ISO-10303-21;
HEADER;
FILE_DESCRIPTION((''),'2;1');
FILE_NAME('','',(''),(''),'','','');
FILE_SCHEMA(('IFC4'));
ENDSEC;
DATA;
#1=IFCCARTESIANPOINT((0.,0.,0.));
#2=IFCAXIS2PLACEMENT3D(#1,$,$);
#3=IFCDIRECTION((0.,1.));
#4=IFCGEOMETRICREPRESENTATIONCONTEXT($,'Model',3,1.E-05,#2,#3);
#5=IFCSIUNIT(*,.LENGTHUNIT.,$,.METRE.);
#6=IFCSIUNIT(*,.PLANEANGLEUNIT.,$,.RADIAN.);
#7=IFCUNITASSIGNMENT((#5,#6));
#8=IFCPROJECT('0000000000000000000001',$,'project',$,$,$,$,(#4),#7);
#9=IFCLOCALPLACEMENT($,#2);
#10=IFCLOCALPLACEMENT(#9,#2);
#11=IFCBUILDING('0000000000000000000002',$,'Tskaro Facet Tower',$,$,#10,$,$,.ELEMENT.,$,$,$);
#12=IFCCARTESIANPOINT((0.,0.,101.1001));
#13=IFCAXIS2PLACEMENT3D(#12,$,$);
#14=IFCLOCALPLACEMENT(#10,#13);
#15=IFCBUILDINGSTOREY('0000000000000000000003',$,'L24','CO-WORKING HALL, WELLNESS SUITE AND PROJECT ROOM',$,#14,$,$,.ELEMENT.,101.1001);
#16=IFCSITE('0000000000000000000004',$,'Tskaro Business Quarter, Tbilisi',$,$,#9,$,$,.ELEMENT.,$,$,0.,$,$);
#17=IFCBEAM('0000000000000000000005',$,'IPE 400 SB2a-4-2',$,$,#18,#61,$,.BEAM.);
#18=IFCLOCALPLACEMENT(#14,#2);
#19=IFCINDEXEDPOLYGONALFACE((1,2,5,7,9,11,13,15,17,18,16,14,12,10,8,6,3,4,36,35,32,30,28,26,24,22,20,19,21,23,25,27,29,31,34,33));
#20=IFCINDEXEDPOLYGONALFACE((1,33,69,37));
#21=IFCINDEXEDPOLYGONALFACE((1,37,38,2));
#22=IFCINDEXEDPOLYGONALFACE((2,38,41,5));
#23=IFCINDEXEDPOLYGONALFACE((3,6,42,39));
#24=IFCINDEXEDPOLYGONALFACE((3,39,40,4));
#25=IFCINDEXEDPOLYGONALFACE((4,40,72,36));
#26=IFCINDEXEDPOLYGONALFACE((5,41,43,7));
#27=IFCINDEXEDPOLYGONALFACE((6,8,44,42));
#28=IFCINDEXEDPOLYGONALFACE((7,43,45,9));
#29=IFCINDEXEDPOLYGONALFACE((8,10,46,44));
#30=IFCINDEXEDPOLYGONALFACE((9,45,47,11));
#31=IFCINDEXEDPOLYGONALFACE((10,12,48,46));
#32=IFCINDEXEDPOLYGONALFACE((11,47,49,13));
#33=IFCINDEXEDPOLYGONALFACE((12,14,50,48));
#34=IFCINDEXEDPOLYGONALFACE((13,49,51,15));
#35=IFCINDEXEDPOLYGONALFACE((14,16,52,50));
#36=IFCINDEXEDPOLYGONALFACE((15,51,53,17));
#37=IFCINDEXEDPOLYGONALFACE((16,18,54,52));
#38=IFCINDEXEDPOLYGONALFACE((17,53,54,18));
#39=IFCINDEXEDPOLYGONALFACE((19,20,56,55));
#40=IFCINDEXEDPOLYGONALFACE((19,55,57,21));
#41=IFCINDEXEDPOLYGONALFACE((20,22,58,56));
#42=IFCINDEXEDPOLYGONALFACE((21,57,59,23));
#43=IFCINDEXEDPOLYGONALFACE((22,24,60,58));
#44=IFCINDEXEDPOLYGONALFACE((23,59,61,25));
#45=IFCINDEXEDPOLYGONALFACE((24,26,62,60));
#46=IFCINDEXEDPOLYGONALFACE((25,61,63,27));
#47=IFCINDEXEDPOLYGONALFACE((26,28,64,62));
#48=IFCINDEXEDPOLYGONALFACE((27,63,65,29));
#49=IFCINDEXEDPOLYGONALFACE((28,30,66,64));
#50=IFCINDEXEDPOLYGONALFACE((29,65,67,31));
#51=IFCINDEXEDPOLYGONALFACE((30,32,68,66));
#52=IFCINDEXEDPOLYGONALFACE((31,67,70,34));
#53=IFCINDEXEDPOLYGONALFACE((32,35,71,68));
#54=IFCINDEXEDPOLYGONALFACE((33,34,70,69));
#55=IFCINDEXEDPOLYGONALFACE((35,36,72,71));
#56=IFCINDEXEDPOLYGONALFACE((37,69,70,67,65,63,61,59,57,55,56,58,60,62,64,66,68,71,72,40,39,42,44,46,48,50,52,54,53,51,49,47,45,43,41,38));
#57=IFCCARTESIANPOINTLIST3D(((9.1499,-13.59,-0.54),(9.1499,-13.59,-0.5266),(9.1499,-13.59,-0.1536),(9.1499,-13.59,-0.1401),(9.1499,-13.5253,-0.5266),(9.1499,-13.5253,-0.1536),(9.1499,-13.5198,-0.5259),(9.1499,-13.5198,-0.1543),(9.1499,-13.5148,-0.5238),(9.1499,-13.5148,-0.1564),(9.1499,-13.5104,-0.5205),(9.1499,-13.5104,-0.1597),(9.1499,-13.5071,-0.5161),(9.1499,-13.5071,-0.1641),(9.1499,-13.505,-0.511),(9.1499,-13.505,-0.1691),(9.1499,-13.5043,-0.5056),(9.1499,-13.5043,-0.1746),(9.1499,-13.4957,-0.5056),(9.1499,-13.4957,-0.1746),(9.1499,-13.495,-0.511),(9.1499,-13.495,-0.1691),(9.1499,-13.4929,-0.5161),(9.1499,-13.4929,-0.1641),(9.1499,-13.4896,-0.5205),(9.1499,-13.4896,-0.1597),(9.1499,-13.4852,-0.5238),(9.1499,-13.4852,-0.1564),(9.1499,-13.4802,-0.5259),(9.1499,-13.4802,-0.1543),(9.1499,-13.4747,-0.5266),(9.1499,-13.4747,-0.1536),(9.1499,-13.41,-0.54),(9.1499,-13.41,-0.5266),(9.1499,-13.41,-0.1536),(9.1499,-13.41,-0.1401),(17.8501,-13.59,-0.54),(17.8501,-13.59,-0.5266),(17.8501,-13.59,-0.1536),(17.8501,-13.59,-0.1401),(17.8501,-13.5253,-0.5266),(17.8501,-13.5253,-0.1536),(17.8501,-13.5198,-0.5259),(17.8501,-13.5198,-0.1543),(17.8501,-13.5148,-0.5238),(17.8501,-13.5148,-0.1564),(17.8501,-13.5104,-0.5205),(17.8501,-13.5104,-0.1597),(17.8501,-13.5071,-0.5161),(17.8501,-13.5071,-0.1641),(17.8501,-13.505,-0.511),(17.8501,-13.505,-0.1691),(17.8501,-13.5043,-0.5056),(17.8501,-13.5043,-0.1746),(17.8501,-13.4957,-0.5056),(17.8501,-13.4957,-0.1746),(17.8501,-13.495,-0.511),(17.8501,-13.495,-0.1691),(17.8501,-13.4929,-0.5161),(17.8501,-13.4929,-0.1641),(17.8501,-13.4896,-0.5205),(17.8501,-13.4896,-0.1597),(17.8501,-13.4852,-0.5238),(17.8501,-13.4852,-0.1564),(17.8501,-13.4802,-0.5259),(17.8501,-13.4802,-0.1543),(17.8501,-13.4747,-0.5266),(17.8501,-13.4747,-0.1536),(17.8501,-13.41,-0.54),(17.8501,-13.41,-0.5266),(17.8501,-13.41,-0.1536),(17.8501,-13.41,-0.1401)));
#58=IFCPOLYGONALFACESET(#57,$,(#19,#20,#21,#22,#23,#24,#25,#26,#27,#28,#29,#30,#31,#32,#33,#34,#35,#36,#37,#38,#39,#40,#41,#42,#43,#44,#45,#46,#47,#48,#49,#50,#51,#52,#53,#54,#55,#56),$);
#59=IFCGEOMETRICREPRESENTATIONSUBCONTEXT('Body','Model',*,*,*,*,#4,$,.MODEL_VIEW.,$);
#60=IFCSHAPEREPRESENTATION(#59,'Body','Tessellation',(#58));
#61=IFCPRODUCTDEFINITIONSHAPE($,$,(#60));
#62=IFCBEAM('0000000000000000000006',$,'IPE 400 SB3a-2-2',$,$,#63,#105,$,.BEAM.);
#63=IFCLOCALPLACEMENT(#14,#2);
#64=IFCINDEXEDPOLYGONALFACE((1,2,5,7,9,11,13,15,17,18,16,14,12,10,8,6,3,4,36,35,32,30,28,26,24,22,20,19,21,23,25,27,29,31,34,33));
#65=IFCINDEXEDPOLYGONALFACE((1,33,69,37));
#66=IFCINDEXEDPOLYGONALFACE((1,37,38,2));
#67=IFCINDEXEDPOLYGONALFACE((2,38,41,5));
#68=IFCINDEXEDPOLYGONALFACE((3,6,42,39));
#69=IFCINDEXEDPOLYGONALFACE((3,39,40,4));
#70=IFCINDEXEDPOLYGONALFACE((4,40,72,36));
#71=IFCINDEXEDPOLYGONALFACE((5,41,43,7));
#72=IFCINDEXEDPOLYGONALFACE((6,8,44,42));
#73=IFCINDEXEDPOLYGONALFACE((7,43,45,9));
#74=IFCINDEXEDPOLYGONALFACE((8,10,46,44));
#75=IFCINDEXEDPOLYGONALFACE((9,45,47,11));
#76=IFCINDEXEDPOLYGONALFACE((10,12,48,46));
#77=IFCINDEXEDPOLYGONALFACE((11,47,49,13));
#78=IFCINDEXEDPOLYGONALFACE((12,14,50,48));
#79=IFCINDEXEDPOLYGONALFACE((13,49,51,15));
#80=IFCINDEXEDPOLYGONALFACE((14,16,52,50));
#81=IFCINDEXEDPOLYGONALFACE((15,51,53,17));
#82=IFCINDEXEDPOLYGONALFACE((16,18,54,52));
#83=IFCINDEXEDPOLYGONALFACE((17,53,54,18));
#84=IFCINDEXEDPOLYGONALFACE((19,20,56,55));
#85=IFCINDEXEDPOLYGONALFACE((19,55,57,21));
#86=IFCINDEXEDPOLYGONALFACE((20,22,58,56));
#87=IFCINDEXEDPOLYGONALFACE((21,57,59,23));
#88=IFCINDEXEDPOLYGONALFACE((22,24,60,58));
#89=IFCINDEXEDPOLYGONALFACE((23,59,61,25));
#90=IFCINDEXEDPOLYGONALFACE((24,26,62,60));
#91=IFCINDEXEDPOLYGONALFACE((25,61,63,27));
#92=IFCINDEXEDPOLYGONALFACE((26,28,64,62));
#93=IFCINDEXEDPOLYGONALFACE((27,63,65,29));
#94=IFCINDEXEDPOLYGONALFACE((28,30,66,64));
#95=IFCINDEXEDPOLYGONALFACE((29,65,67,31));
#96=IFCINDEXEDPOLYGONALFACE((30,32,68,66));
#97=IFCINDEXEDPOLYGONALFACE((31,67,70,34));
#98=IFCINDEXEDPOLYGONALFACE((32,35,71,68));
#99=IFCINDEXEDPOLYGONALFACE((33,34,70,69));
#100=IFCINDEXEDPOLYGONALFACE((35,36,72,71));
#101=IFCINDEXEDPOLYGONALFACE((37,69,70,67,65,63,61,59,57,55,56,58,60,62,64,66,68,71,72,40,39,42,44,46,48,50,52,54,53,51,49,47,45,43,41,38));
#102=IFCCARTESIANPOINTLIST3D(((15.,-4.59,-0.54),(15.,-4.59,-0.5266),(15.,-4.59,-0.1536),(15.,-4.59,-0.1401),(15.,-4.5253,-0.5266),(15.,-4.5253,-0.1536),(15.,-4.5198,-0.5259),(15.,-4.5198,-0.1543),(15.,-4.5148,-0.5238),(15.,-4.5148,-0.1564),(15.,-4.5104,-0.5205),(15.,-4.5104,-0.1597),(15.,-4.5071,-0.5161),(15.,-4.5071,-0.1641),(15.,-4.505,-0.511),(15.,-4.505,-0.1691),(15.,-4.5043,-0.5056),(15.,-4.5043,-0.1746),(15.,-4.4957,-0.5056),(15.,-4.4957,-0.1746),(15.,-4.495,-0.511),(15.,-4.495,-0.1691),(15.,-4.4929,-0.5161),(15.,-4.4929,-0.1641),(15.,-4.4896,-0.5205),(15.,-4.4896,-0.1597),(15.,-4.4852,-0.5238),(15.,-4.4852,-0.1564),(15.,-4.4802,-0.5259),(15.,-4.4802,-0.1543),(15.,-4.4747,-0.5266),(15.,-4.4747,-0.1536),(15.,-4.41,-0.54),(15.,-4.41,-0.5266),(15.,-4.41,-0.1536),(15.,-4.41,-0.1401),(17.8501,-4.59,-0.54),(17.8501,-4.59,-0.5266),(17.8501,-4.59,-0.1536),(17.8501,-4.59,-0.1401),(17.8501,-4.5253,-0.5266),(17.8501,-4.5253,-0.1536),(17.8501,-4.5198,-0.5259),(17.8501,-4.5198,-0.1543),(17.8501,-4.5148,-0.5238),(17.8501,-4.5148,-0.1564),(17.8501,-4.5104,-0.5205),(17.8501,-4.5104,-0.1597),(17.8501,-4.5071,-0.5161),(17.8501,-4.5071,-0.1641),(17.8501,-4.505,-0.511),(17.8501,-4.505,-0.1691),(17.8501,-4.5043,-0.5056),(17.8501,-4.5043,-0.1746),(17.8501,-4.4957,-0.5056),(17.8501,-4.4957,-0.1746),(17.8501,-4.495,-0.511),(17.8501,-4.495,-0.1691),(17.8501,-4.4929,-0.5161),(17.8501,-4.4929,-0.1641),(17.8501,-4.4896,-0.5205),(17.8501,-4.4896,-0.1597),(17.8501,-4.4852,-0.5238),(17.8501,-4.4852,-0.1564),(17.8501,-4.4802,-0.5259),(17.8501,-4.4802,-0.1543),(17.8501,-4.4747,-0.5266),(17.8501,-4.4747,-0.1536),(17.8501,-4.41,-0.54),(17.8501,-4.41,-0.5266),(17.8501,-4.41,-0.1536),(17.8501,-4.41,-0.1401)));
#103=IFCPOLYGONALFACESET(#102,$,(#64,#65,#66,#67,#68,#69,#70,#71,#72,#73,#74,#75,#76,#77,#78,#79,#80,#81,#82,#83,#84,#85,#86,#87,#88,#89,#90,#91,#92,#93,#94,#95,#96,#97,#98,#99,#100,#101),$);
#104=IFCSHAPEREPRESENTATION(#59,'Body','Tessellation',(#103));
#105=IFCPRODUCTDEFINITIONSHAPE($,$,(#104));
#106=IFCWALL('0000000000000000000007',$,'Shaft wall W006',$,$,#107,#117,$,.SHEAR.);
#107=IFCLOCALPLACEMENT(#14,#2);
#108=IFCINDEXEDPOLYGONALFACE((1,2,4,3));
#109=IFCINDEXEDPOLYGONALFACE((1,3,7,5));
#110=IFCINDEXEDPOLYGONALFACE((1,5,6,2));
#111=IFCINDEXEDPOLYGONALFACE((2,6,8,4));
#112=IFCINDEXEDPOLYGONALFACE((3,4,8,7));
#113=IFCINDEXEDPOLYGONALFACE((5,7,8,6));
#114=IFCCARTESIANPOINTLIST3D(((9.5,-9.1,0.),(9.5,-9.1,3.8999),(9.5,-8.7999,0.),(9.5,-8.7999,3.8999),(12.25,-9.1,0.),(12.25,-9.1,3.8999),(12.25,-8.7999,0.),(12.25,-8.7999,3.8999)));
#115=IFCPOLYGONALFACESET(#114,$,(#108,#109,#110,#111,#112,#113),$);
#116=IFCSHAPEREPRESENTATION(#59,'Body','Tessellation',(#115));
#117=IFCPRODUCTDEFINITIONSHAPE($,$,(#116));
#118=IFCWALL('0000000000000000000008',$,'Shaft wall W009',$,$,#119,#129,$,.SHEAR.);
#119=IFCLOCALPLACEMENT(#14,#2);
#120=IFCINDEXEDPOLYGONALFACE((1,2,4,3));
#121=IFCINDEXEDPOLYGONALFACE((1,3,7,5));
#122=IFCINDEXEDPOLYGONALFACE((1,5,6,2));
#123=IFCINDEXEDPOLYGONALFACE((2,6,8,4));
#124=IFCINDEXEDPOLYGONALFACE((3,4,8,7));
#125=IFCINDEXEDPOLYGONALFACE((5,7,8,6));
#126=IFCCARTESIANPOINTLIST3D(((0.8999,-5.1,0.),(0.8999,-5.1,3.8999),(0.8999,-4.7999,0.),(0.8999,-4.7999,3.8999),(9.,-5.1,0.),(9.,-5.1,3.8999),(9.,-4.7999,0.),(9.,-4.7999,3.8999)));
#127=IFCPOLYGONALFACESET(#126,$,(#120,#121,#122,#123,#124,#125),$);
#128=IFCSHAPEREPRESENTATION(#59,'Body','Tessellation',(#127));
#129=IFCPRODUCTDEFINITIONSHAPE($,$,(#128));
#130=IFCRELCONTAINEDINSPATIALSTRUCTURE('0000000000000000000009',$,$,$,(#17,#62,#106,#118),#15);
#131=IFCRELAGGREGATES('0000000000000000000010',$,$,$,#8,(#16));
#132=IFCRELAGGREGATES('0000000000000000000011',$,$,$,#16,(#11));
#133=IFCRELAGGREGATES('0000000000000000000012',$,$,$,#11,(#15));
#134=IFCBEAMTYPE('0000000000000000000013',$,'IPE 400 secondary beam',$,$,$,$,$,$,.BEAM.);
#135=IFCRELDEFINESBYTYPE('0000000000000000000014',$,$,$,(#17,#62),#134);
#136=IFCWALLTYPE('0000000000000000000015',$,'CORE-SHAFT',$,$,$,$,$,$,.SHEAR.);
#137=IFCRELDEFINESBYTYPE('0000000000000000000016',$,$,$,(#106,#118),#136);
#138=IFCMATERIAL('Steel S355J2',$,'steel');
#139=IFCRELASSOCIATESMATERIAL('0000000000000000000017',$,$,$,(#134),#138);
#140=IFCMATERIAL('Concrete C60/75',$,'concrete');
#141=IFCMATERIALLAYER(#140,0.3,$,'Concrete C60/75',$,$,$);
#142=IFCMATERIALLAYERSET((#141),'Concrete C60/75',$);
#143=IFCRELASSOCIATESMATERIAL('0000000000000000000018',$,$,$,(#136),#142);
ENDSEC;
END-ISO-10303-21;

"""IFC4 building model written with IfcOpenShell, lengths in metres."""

from ifc_helpers import new_model, si_unit, direction, frame, frame_2d, origin, origin_2d, place, context, subcontext, project, spatial, rectangle, i_section, extrude, material, layer, layer_set, material_profile, profile_set, type_object, element, save


model = new_model("IFC4")

# Units and contexts
model_context = context("Model", 3, precision=1e-05, world=origin(), true_north=direction((0.0, 1.0)))
body_context = subcontext(model_context, "Body", "Model", "MODEL_VIEW")
ifc_project = project(units=[si_unit("LENGTHUNIT", "METRE"), si_unit("PLANEANGLEUNIT", "RADIAN")], contexts=[model_context])

# Site, building, storey
site_placement = place(None, origin())
site = spatial("IfcSite", under=ifc_project, at=site_placement, Name="Tskaro Business Quarter, Tbilisi", CompositionType="ELEMENT", RefElevation=0.0)
building_placement = place(site_placement, origin())
building = spatial("IfcBuilding", under=site, at=building_placement, Name="Tskaro Facet Tower", CompositionType="ELEMENT")
storey_placement = place(building_placement, frame((0.0, 0.0, 101.1001)))
storey = spatial("IfcBuildingStorey", under=building, at=storey_placement, Name="L24", Description="CO-WORKING HALL, WELLNESS SUITE AND PROJECT ROOM", CompositionType="ELEMENT", Elevation=101.1001)

# Beams
ifc_material_1 = material(Name="Steel S355J2", Category="steel")
ifc_material_profile = material_profile(ifc_material_1, i_section(OverallWidth=0.1799, OverallDepth=0.3999, WebThickness=0.0085, FlangeThickness=0.0134, FilletRadius=0.021, at=origin_2d()), Name="IPE 400")
ifc_profile_set = profile_set([ifc_material_profile], Name="Steel S355J2")
beam_type = type_object("IfcBeamType", Name="IPE 400 secondary beam", PredefinedType="BEAM", material=ifc_profile_set)
beam_1_placement = place(storey_placement, frame((9.1499, -13.5, -0.3401), z_axis=(1.0, 0.0, 0.0), x_axis=(0.0, 1.0, 0.0)))
element("IfcBeam", 1, at=beam_1_placement, inside=storey, type_object=beam_type, Name="IPE 400 SB2a-4-2", PredefinedType="BEAM", context=body_context, shape_type="SweptSolid", body=[
    extrude(i_section(OverallWidth=0.1799, OverallDepth=0.3999, WebThickness=0.0085, FlangeThickness=0.0134, FilletRadius=0.021, at=origin_2d()), origin(), (0.0, 0.0, 1.0), 8.7002),
])
beam_2_placement = place(storey_placement, frame((15.0, -4.5, -0.3401), z_axis=(1.0, 0.0, 0.0), x_axis=(0.0, 1.0, 0.0)))
element("IfcBeam", 2, at=beam_2_placement, inside=storey, type_object=beam_type, Name="IPE 400 SB3a-2-2", PredefinedType="BEAM", context=body_context, shape_type="SweptSolid", body=[
    extrude(i_section(OverallWidth=0.1799, OverallDepth=0.3999, WebThickness=0.0085, FlangeThickness=0.0134, FilletRadius=0.021, at=origin_2d()), origin(), (0.0, 0.0, 1.0), 2.8501),
])

# Walls
ifc_material_2 = material(Name="Concrete C60/75", Category="concrete")
ifc_layer_1 = layer(ifc_material_2, 0.3, Name="Concrete C60/75")
ifc_layer_set_1 = layer_set([ifc_layer_1], Name="Concrete C60/75")
wall_type_1 = type_object("IfcWallType", Name="CORE-SHAFT", PredefinedType="SHEAR", material=ifc_layer_set_1)
wall_1_placement = place(storey_placement, frame((9.5, -8.95, 0.0), z_axis=(0.0, 0.0, 1.0), x_axis=(1.0, 0.0, 0.0)))
element("IfcWall", 3, at=wall_1_placement, inside=storey, type_object=wall_type_1, Name="Shaft wall W006", PredefinedType="SHEAR", context=body_context, shape_type="SweptSolid", body=[
    extrude(rectangle(XDim=2.75, YDim=0.3, at=frame_2d((1.375, 0.0))), origin(), (0.0, 0.0, 1.0), 3.8999),
])
wall_2_placement = place(storey_placement, frame((0.8999, -4.95, 0.0), z_axis=(0.0, 0.0, 1.0), x_axis=(1.0, 0.0, 0.0)))
element("IfcWall", 4, at=wall_2_placement, inside=storey, type_object=wall_type_1, Name="Shaft wall W009", PredefinedType="SHEAR", context=body_context, shape_type="SweptSolid", body=[
    extrude(rectangle(XDim=8.1001, YDim=0.3, at=frame_2d((4.05, 0.0))), origin(), (0.0, 0.0, 1.0), 3.8999),
])

save(model, "model.ifc")
